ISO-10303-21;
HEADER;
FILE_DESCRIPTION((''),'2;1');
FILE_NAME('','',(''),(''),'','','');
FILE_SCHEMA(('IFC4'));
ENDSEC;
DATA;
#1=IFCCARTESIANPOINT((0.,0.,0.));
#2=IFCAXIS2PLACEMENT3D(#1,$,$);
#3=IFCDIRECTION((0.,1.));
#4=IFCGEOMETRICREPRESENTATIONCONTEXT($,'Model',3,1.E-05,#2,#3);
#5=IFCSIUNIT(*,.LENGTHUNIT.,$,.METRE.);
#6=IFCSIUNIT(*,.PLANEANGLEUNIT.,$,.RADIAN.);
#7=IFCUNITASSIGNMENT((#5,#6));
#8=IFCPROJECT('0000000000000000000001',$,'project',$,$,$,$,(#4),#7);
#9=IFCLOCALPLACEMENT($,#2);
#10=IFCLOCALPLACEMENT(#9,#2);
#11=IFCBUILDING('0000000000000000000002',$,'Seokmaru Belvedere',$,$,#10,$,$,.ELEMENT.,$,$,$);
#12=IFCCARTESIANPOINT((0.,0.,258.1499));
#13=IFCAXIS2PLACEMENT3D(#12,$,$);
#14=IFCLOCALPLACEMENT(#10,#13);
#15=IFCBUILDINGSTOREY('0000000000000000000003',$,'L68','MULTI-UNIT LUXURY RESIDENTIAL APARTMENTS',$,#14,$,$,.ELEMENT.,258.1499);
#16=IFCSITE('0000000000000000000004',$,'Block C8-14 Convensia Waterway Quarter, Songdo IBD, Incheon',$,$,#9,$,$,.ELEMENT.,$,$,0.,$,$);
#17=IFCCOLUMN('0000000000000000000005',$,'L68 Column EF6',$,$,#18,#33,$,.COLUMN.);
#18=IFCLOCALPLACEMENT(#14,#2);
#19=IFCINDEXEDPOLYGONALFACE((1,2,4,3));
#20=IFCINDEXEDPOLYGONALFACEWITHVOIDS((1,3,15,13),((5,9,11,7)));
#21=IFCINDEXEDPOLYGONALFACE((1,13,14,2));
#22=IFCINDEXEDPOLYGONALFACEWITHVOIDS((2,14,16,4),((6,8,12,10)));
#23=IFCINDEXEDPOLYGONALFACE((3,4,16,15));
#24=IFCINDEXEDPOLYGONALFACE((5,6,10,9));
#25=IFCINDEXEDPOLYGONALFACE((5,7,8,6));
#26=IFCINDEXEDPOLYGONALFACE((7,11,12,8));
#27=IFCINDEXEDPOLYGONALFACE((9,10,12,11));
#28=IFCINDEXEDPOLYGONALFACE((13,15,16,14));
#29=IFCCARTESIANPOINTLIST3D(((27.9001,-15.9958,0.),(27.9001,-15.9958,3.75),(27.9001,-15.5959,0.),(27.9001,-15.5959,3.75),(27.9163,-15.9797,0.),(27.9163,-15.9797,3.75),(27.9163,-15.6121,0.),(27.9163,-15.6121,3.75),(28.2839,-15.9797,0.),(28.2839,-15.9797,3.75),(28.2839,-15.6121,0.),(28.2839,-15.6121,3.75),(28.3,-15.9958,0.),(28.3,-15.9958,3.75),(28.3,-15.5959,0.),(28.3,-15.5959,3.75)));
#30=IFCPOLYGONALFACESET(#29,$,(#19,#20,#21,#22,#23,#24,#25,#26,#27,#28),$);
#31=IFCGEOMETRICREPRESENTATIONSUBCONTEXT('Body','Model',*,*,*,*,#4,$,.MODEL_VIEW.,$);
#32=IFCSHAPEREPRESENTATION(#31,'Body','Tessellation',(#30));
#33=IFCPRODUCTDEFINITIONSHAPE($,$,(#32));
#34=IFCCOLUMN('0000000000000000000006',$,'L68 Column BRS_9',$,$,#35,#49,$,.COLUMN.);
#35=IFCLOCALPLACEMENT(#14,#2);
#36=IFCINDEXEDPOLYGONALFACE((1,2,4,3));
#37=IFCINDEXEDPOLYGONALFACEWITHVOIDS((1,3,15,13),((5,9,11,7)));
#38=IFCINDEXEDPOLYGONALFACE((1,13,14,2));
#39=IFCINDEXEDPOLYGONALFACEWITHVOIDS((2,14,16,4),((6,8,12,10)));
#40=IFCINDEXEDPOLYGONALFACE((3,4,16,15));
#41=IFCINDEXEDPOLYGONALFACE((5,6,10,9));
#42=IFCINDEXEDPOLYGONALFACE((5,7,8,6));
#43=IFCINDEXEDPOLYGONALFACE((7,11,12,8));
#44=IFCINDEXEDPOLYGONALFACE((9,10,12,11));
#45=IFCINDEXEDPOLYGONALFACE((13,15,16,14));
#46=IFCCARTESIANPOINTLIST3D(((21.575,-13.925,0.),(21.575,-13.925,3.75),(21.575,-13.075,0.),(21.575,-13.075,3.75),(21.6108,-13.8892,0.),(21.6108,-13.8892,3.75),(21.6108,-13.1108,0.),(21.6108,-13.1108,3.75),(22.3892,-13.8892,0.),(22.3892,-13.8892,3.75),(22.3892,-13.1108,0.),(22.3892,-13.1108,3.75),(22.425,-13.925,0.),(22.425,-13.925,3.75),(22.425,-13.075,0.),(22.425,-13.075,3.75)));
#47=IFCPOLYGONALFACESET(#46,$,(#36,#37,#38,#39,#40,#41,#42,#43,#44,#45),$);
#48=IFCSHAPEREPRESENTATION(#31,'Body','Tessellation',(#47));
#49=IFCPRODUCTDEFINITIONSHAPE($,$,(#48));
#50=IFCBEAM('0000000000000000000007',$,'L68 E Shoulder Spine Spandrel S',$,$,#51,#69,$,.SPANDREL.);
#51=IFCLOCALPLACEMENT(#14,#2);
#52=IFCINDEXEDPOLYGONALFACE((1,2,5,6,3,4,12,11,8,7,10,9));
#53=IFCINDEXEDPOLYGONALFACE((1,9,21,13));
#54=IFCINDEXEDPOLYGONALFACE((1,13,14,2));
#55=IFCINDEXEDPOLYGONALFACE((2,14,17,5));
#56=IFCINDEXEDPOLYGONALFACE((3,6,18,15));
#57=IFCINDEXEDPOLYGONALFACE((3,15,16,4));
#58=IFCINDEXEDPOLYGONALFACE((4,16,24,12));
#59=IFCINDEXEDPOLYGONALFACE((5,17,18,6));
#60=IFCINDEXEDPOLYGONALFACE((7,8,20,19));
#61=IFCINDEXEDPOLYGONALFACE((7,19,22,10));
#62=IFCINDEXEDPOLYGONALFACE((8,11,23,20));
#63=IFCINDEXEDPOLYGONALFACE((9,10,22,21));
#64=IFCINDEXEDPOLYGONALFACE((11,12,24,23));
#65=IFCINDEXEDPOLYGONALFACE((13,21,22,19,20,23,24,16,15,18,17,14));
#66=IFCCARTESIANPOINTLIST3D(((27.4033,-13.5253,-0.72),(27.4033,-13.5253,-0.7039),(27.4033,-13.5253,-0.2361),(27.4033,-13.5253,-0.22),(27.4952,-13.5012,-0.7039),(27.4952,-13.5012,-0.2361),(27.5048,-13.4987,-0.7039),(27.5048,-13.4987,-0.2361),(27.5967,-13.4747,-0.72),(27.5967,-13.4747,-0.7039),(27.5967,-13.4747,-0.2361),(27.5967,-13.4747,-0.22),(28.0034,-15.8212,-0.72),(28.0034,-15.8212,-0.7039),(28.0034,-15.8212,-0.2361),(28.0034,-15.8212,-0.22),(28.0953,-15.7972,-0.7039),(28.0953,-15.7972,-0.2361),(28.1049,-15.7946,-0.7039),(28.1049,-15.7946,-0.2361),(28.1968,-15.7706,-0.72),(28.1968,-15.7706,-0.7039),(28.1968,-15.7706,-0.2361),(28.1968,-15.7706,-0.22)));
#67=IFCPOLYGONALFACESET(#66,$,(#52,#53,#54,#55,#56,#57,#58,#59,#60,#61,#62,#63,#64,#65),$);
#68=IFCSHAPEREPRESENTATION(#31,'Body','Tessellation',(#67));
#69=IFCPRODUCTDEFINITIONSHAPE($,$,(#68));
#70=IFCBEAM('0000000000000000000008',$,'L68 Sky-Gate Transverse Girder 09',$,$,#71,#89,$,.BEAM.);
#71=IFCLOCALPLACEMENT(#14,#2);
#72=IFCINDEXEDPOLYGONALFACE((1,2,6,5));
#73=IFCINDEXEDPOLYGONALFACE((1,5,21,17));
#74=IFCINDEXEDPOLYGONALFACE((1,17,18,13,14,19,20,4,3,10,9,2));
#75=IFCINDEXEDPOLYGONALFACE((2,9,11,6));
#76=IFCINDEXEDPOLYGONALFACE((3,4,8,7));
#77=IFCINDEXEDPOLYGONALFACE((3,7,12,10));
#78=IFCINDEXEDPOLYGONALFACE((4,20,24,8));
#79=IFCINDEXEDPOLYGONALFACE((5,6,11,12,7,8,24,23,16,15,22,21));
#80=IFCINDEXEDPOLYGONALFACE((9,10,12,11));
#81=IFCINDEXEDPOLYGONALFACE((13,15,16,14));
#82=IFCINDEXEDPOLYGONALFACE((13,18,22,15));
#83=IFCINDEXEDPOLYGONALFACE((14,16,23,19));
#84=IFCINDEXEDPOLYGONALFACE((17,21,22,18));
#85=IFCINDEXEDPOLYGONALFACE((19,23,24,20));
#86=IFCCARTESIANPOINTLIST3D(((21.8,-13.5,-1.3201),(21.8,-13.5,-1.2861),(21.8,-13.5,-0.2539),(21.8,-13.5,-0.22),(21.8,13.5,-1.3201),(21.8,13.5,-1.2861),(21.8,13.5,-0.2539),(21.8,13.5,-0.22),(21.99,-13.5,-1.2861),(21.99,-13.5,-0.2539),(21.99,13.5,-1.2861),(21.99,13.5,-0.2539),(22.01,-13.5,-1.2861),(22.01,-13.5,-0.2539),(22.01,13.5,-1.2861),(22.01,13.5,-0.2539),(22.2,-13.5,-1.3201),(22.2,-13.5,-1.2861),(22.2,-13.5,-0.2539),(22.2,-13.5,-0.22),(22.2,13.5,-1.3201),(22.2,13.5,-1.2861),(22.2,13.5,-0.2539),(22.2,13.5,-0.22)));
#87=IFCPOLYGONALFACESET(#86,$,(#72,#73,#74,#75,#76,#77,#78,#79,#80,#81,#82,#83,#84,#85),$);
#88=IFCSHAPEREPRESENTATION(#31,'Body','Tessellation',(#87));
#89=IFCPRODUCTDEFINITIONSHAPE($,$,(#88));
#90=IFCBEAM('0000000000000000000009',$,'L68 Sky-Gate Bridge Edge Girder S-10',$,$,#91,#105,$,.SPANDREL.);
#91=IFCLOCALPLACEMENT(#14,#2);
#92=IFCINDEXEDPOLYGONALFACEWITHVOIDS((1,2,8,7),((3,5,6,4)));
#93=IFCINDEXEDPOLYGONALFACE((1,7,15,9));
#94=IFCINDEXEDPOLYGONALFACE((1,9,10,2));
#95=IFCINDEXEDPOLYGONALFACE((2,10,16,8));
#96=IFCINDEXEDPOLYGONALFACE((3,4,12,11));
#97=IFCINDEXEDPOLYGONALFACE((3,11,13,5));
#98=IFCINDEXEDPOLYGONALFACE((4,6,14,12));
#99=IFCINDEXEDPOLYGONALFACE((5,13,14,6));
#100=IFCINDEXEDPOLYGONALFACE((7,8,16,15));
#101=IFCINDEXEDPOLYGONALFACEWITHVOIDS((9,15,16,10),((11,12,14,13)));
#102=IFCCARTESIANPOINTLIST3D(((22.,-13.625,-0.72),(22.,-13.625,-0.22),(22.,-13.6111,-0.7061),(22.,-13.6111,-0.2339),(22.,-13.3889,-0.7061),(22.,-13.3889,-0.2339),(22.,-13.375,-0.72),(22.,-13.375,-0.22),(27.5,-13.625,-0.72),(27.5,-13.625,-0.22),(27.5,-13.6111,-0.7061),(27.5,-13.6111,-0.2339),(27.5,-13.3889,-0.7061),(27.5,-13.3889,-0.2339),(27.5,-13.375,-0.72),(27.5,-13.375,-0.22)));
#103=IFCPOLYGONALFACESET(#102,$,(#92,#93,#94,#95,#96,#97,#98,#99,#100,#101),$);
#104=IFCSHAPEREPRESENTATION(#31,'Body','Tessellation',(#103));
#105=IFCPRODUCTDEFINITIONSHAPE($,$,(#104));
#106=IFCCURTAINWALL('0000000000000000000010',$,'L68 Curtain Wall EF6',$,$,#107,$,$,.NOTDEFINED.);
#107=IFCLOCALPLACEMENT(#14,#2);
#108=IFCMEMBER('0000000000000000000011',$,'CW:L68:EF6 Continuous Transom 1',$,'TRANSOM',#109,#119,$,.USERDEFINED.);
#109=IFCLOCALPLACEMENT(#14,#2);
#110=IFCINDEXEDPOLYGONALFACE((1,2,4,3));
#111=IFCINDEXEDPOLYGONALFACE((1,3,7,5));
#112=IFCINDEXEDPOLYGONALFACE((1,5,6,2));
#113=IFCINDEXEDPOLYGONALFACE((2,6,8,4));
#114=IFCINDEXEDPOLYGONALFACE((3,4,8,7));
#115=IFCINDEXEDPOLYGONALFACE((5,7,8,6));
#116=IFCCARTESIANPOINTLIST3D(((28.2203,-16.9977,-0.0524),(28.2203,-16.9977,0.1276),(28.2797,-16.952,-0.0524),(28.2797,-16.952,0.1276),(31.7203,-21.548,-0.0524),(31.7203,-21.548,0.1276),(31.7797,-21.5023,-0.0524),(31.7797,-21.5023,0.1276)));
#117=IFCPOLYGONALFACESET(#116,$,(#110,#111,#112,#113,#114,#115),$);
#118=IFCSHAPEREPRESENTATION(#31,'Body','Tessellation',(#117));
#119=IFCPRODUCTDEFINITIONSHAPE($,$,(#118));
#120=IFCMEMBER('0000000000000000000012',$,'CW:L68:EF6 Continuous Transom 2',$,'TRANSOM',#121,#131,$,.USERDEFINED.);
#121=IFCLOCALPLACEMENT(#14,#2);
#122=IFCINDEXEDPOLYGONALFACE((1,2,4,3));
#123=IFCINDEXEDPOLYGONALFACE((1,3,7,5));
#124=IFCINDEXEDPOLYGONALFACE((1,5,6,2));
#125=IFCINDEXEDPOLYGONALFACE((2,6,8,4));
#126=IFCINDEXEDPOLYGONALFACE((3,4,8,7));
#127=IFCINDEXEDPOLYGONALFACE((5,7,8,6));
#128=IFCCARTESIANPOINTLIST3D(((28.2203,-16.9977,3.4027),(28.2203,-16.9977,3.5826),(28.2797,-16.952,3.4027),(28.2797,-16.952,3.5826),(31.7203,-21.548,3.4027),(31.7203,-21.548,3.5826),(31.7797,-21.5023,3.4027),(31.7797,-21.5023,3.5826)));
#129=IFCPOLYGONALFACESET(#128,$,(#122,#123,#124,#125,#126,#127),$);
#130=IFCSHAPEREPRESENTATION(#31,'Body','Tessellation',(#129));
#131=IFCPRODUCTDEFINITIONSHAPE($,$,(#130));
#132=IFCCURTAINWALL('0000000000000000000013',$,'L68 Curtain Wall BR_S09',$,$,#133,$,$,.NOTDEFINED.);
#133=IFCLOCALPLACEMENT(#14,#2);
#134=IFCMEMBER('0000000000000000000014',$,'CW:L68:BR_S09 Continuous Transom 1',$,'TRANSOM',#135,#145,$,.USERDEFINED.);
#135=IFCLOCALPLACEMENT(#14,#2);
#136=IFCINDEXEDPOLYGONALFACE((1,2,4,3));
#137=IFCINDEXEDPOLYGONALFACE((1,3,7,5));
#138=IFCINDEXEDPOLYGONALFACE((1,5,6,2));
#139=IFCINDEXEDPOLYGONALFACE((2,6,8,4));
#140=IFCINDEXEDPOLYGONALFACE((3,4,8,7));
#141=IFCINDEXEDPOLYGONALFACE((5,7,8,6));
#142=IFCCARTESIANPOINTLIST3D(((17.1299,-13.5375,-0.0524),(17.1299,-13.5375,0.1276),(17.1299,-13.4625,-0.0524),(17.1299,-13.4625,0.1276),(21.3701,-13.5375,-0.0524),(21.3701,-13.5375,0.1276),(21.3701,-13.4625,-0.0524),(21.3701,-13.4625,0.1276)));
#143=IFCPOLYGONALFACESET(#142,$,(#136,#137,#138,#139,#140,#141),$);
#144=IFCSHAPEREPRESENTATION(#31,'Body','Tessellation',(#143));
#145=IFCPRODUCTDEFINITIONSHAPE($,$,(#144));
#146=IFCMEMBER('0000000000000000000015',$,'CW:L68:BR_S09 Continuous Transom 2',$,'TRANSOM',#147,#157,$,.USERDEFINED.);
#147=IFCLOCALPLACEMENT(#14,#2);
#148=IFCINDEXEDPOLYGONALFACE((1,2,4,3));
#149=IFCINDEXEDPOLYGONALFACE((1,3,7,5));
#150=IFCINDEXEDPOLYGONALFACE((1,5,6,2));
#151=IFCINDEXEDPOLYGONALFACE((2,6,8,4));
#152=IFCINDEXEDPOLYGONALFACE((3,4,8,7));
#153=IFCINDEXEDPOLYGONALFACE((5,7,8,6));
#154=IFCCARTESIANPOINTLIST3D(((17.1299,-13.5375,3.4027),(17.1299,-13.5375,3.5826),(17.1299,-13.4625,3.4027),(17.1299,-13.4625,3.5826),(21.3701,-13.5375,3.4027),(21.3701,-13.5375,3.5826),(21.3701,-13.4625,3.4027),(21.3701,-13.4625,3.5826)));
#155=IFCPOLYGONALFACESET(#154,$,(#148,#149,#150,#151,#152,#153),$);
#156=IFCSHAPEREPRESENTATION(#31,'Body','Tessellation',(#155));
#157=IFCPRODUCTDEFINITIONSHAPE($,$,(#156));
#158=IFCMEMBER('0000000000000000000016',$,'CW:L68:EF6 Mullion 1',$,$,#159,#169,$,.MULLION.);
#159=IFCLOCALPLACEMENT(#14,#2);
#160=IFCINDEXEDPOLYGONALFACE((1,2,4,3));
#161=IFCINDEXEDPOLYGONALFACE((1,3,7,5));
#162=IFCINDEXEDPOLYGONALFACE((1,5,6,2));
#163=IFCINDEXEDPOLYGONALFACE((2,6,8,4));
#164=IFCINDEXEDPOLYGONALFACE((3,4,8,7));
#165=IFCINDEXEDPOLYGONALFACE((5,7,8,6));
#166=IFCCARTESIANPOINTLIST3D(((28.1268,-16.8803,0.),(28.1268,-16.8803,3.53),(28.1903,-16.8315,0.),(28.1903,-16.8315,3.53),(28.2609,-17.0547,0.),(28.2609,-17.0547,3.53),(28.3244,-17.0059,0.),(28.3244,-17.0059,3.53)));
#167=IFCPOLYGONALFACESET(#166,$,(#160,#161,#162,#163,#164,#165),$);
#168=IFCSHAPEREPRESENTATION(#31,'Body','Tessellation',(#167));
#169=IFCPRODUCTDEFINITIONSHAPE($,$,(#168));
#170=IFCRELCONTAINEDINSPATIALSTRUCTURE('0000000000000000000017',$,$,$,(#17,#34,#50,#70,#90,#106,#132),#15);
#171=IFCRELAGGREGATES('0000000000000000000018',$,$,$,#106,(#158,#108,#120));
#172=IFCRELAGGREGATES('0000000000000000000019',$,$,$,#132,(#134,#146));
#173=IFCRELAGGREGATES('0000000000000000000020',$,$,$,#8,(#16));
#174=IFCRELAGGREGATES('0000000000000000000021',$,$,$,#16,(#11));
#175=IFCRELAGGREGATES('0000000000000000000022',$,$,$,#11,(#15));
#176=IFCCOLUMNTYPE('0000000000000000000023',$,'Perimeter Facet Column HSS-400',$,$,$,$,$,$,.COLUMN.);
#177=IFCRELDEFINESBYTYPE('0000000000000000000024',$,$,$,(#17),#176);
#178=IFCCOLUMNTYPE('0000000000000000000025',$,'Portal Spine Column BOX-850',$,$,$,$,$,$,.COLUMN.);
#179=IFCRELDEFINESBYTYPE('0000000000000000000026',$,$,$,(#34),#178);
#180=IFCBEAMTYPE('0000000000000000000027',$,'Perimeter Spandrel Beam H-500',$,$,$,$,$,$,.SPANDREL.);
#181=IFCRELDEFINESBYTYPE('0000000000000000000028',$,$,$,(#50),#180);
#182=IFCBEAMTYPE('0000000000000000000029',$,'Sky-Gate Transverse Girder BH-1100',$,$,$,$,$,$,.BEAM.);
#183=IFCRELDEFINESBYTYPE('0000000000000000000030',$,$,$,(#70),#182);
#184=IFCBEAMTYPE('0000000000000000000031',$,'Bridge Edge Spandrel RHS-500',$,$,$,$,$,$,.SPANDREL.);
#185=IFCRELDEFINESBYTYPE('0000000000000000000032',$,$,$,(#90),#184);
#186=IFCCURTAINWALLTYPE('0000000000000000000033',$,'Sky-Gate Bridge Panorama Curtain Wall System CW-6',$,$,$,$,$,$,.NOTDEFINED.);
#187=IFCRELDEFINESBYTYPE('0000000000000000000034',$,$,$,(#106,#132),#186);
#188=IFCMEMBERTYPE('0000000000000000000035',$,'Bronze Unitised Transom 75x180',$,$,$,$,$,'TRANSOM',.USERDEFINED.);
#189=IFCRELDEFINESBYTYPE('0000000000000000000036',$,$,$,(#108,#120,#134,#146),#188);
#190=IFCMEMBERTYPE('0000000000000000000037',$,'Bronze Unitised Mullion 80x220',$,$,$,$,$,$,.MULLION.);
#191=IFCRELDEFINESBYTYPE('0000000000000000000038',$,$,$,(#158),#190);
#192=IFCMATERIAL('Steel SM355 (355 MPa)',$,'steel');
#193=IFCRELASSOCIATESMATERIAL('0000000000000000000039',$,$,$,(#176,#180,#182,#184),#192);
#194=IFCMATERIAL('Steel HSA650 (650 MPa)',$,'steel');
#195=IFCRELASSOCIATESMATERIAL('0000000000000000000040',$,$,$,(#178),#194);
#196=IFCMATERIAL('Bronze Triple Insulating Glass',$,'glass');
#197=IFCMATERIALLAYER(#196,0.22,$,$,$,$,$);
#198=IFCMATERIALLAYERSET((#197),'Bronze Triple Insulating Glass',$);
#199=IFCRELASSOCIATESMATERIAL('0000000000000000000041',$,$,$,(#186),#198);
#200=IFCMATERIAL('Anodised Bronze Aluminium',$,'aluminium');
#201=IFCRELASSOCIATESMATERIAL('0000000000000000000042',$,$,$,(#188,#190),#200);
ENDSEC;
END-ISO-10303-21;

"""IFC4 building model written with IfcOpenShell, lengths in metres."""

from ifc_helpers import new_model, si_unit, direction, frame, origin, origin_2d, place, context, subcontext, project, spatial, rectangle, hollow_rectangle, i_section, extrude, source, transform, mapped, material, layer, layer_set, material_profile, profile_set, type_object, type_shapes, element, aggregate, save


model = new_model("IFC4")

# Units and contexts
model_context = context("Model", 3, precision=1e-05, world=origin(), true_north=direction((0.0, 1.0)))
body_context = subcontext(model_context, "Body", "Model", "MODEL_VIEW")
ifc_project = project(units=[si_unit("LENGTHUNIT", "METRE"), si_unit("PLANEANGLEUNIT", "RADIAN")], contexts=[model_context])

# Site, building, storey
site_placement = place(None, origin())
site = spatial("IfcSite", under=ifc_project, at=site_placement, Name="Block C8-14 Convensia Waterway Quarter, Songdo IBD, Incheon", CompositionType="ELEMENT", RefElevation=0.0)
building_placement = place(site_placement, origin())
building = spatial("IfcBuilding", under=site, at=building_placement, Name="Seokmaru Belvedere", CompositionType="ELEMENT")
storey_placement = place(building_placement, frame((0.0, 0.0, 258.1499)))
storey = spatial("IfcBuildingStorey", under=building, at=storey_placement, Name="L68", Description="MULTI-UNIT LUXURY RESIDENTIAL APARTMENTS", CompositionType="ELEMENT", Elevation=258.1499)

# Columns
ifc_material_1 = material(Name="Steel SM355 (355 MPa)", Category="steel")
ifc_material_profile_1 = material_profile(ifc_material_1, hollow_rectangle(XDim=0.3999, YDim=0.3999, WallThickness=0.0161, at=origin_2d()), Name="HSS-400x400x16")
ifc_profile_set_1 = profile_set([ifc_material_profile_1], Name="Steel SM355 (355 MPa)")
column_type_1 = type_object("IfcColumnType", Name="Perimeter Facet Column HSS-400", PredefinedType="COLUMN", material=ifc_profile_set_1)
shared_shape_1 = source(origin(), body_context, "Body", "SweptSolid", [
    extrude(hollow_rectangle(XDim=0.3999, YDim=0.3999, WallThickness=0.0161, at=origin_2d()), origin(), (0.0, 0.0, 1.0), 3.75),
])
type_shapes(column_type_1, [shared_shape_1])
column_1_placement = place(storey_placement, frame((28.1001, -15.7959, 0.0), z_axis=(0.0, 0.0, 1.0), x_axis=(1.0, 0.0, 0.0)))
element("IfcColumn", 1, at=column_1_placement, inside=storey, type_object=column_type_1, Name="L68 Column EF6", PredefinedType="COLUMN", context=body_context, shape_type="MappedRepresentation", body=[
    mapped(shared_shape_1, transform((0.0, 0.0, 0.0), scale=1.0)),
])
ifc_material_2 = material(Name="Steel HSA650 (650 MPa)", Category="steel")
ifc_material_profile_2 = material_profile(ifc_material_2, hollow_rectangle(XDim=0.8501, YDim=0.8501, WallThickness=0.0359, at=origin_2d()), Name="BOX-850x850x36")
ifc_profile_set_2 = profile_set([ifc_material_profile_2], Name="Steel HSA650 (650 MPa)")
column_type_2 = type_object("IfcColumnType", Name="Portal Spine Column BOX-850", PredefinedType="COLUMN", material=ifc_profile_set_2)
shared_shape_2 = source(origin(), body_context, "Body", "SweptSolid", [
    extrude(hollow_rectangle(XDim=0.8501, YDim=0.8501, WallThickness=0.0359, at=origin_2d()), origin(), (0.0, 0.0, 1.0), 3.75),
])
type_shapes(column_type_2, [shared_shape_2])
column_2_placement = place(storey_placement, frame((22.0, -13.5, 0.0), z_axis=(0.0, 0.0, 1.0), x_axis=(1.0, 0.0, 0.0)))
element("IfcColumn", 2, at=column_2_placement, inside=storey, type_object=column_type_2, Name="L68 Column BRS_9", PredefinedType="COLUMN", context=body_context, shape_type="MappedRepresentation", body=[
    mapped(shared_shape_2, transform((0.0, 0.0, 0.0), scale=1.0)),
])

# Beams
ifc_material_profile_3 = material_profile(ifc_material_1, i_section(OverallWidth=0.2, OverallDepth=0.5, WebThickness=0.01, FlangeThickness=0.0161, at=origin_2d()), Name="H-500x200x10x16")
ifc_profile_set_3 = profile_set([ifc_material_profile_3], Name="Steel SM355 (355 MPa)")
beam_type_1 = type_object("IfcBeamType", Name="Perimeter Spandrel Beam H-500", PredefinedType="SPANDREL", material=ifc_profile_set_3)
shared_shape_3 = source(origin(), body_context, "Body", "SweptSolid", [
    extrude(i_section(OverallWidth=0.2, OverallDepth=0.5, WebThickness=0.01, FlangeThickness=0.0161, at=origin_2d()), origin(), (0.0, 0.0, 1.0), 2.373),
])
type_shapes(beam_type_1, [shared_shape_3])
beam_1_placement = place(storey_placement, frame((28.1001, -15.7959, -0.47), z_axis=(-0.252883, 0.967497, 0.0), x_axis=(-0.967497, -0.252883, 0.0)))
element("IfcBeam", 3, at=beam_1_placement, inside=storey, type_object=beam_type_1, Name="L68 E Shoulder Spine Spandrel S", PredefinedType="SPANDREL", context=body_context, shape_type="MappedRepresentation", body=[
    mapped(shared_shape_3, transform((0.0, 0.0, 0.0), scale=1.0)),
])
ifc_material_profile_4 = material_profile(ifc_material_1, i_section(OverallWidth=0.3999, OverallDepth=1.1001, WebThickness=0.02, FlangeThickness=0.0339, at=origin_2d()), Name="BH-1100x400x20x34")
ifc_profile_set_4 = profile_set([ifc_material_profile_4], Name="Steel SM355 (355 MPa)")
beam_type_2 = type_object("IfcBeamType", Name="Sky-Gate Transverse Girder BH-1100", PredefinedType="BEAM", material=ifc_profile_set_4)
shared_shape_4 = source(origin(), body_context, "Body", "SweptSolid", [
    extrude(i_section(OverallWidth=0.3999, OverallDepth=1.1001, WebThickness=0.02, FlangeThickness=0.0339, at=origin_2d()), origin(), (0.0, 0.0, 1.0), 27.0),
])
type_shapes(beam_type_2, [shared_shape_4])
beam_2_placement = place(storey_placement, frame((22.0, -13.5, -0.77), z_axis=(0.0, 1.0, 0.0), x_axis=(-1.0, 0.0, 0.0)))
element("IfcBeam", 4, at=beam_2_placement, inside=storey, type_object=beam_type_2, Name="L68 Sky-Gate Transverse Girder 09", PredefinedType="BEAM", context=body_context, shape_type="MappedRepresentation", body=[
    mapped(shared_shape_4, transform((0.0, 0.0, 0.0), scale=1.0)),
])
ifc_material_profile_5 = material_profile(ifc_material_1, hollow_rectangle(XDim=0.25, YDim=0.5, WallThickness=0.0139, at=origin_2d()), Name="RHS-500x250x14")
ifc_profile_set_5 = profile_set([ifc_material_profile_5], Name="Steel SM355 (355 MPa)")
beam_type_3 = type_object("IfcBeamType", Name="Bridge Edge Spandrel RHS-500", PredefinedType="SPANDREL", material=ifc_profile_set_5)
shared_shape_5 = source(origin(), body_context, "Body", "SweptSolid", [
    extrude(hollow_rectangle(XDim=0.25, YDim=0.5, WallThickness=0.0139, at=origin_2d()), origin(), (0.0, 0.0, 1.0), 5.5),
])
type_shapes(beam_type_3, [shared_shape_5])
beam_3_placement = place(storey_placement, frame((22.0, -13.5, -0.47), z_axis=(1.0, 0.0, 0.0), x_axis=(0.0, 1.0, 0.0)))
element("IfcBeam", 5, at=beam_3_placement, inside=storey, type_object=beam_type_3, Name="L68 Sky-Gate Bridge Edge Girder S-10", PredefinedType="SPANDREL", context=body_context, shape_type="MappedRepresentation", body=[
    mapped(shared_shape_5, transform((0.0, 0.0, 0.0), scale=1.0)),
])

# Curtain walls, members
ifc_material_3 = material(Name="Bronze Triple Insulating Glass", Category="glass")
ifc_layer_1 = layer(ifc_material_3, 0.22)
ifc_layer_set_1 = layer_set([ifc_layer_1], Name="Bronze Triple Insulating Glass")
curtain_wall_type = type_object("IfcCurtainWallType", Name="Sky-Gate Bridge Panorama Curtain Wall System CW-6", PredefinedType="NOTDEFINED", material=ifc_layer_set_1)
curtain_wall_1_placement = place(storey_placement, origin())
curtain_wall_1 = element("IfcCurtainWall", 6, at=curtain_wall_1_placement, inside=storey, type_object=curtain_wall_type, Name="L68 Curtain Wall EF6", PredefinedType="NOTDEFINED")
ifc_material_4 = material(Name="Anodised Bronze Aluminium", Category="aluminium")
ifc_material_profile_6 = material_profile(ifc_material_4, rectangle(XDim=0.075, YDim=0.1799, at=origin_2d()), Name="CW-T-75x180")
ifc_profile_set_6 = profile_set([ifc_material_profile_6], Name="Anodised Bronze Aluminium")
member_type_1 = type_object("IfcMemberType", Name="Bronze Unitised Transom 75x180", ElementType="TRANSOM", PredefinedType="USERDEFINED", material=ifc_profile_set_6)
shared_shape_6 = source(origin(), body_context, "Body", "SweptSolid", [
    extrude(rectangle(XDim=0.075, YDim=0.1799, at=origin_2d()), origin(), (0.0, 0.0, 1.0), 5.7407),
])
member_1_placement = place(storey_placement, frame((28.25, -16.9749, 0.0376), z_axis=(0.609686, -0.792643, 0.0), x_axis=(0.792643, 0.609686, 0.0)))
member_1 = element("IfcMember", 7, at=member_1_placement, type_object=member_type_1, Name="CW:L68:EF6 Continuous Transom 1", ObjectType="TRANSOM", PredefinedType="USERDEFINED", context=body_context, shape_type="MappedRepresentation", body=[
    mapped(shared_shape_6, transform((0.0, 0.0, 0.0), scale=1.0)),
])
member_2_placement = place(storey_placement, frame((28.25, -16.9749, 3.4927), z_axis=(0.609686, -0.792643, 0.0), x_axis=(0.792643, 0.609686, 0.0)))
member_2 = element("IfcMember", 8, at=member_2_placement, type_object=member_type_1, Name="CW:L68:EF6 Continuous Transom 2", ObjectType="TRANSOM", PredefinedType="USERDEFINED", context=body_context, shape_type="MappedRepresentation", body=[
    mapped(shared_shape_6, transform((0.0, 0.0, 0.0), scale=1.0)),
])
curtain_wall_2_placement = place(storey_placement, origin())
curtain_wall_2 = element("IfcCurtainWall", 9, at=curtain_wall_2_placement, inside=storey, type_object=curtain_wall_type, Name="L68 Curtain Wall BR_S09", PredefinedType="NOTDEFINED")
shared_shape_7 = source(origin(), body_context, "Body", "SweptSolid", [
    extrude(rectangle(XDim=0.075, YDim=0.1799, at=origin_2d()), origin(), (0.0, 0.0, 1.0), 4.2402),
])
type_shapes(member_type_1, [shared_shape_6, shared_shape_7])
member_3_placement = place(storey_placement, frame((17.1299, -13.5, 0.0376), z_axis=(1.0, 0.0, 0.0), x_axis=(0.0, 1.0, 0.0)))
member_3 = element("IfcMember", 10, at=member_3_placement, type_object=member_type_1, Name="CW:L68:BR_S09 Continuous Transom 1", ObjectType="TRANSOM", PredefinedType="USERDEFINED", context=body_context, shape_type="MappedRepresentation", body=[
    mapped(shared_shape_7, transform((0.0, 0.0, 0.0), scale=1.0)),
])
member_4_placement = place(storey_placement, frame((17.1299, -13.5, 3.4927), z_axis=(1.0, 0.0, 0.0), x_axis=(0.0, 1.0, 0.0)))
member_4 = element("IfcMember", 11, at=member_4_placement, type_object=member_type_1, Name="CW:L68:BR_S09 Continuous Transom 2", ObjectType="TRANSOM", PredefinedType="USERDEFINED", context=body_context, shape_type="MappedRepresentation", body=[
    mapped(shared_shape_7, transform((0.0, 0.0, 0.0), scale=1.0)),
])

# Member
ifc_material_profile_7 = material_profile(ifc_material_4, rectangle(XDim=0.0801, YDim=0.22, at=origin_2d()), Name="CW-M-80x220")
ifc_profile_set_7 = profile_set([ifc_material_profile_7], Name="Anodised Bronze Aluminium")
member_type_2 = type_object("IfcMemberType", Name="Bronze Unitised Mullion 80x220", PredefinedType="MULLION", material=ifc_profile_set_7)
shared_shape_8 = source(origin(), body_context, "Body", "SweptSolid", [
    extrude(rectangle(XDim=0.0801, YDim=0.22, at=origin_2d()), origin(), (0.0, 0.0, 1.0), 3.53),
])
type_shapes(member_type_2, [shared_shape_8])
member_5_placement = place(storey_placement, frame((28.2256, -16.9431, 0.0), z_axis=(0.0, 0.0, 1.0), x_axis=(0.792631, 0.609701, 0.0)))
member_5 = element("IfcMember", 12, at=member_5_placement, type_object=member_type_2, Name="CW:L68:EF6 Mullion 1", PredefinedType="MULLION", context=body_context, shape_type="MappedRepresentation", body=[
    mapped(shared_shape_8, transform((0.0, 0.0, 0.0), scale=1.0)),
])

aggregate(curtain_wall_1, [member_5, member_1, member_2])
aggregate(curtain_wall_2, [member_3, member_4])

save(model, "model.ifc")
